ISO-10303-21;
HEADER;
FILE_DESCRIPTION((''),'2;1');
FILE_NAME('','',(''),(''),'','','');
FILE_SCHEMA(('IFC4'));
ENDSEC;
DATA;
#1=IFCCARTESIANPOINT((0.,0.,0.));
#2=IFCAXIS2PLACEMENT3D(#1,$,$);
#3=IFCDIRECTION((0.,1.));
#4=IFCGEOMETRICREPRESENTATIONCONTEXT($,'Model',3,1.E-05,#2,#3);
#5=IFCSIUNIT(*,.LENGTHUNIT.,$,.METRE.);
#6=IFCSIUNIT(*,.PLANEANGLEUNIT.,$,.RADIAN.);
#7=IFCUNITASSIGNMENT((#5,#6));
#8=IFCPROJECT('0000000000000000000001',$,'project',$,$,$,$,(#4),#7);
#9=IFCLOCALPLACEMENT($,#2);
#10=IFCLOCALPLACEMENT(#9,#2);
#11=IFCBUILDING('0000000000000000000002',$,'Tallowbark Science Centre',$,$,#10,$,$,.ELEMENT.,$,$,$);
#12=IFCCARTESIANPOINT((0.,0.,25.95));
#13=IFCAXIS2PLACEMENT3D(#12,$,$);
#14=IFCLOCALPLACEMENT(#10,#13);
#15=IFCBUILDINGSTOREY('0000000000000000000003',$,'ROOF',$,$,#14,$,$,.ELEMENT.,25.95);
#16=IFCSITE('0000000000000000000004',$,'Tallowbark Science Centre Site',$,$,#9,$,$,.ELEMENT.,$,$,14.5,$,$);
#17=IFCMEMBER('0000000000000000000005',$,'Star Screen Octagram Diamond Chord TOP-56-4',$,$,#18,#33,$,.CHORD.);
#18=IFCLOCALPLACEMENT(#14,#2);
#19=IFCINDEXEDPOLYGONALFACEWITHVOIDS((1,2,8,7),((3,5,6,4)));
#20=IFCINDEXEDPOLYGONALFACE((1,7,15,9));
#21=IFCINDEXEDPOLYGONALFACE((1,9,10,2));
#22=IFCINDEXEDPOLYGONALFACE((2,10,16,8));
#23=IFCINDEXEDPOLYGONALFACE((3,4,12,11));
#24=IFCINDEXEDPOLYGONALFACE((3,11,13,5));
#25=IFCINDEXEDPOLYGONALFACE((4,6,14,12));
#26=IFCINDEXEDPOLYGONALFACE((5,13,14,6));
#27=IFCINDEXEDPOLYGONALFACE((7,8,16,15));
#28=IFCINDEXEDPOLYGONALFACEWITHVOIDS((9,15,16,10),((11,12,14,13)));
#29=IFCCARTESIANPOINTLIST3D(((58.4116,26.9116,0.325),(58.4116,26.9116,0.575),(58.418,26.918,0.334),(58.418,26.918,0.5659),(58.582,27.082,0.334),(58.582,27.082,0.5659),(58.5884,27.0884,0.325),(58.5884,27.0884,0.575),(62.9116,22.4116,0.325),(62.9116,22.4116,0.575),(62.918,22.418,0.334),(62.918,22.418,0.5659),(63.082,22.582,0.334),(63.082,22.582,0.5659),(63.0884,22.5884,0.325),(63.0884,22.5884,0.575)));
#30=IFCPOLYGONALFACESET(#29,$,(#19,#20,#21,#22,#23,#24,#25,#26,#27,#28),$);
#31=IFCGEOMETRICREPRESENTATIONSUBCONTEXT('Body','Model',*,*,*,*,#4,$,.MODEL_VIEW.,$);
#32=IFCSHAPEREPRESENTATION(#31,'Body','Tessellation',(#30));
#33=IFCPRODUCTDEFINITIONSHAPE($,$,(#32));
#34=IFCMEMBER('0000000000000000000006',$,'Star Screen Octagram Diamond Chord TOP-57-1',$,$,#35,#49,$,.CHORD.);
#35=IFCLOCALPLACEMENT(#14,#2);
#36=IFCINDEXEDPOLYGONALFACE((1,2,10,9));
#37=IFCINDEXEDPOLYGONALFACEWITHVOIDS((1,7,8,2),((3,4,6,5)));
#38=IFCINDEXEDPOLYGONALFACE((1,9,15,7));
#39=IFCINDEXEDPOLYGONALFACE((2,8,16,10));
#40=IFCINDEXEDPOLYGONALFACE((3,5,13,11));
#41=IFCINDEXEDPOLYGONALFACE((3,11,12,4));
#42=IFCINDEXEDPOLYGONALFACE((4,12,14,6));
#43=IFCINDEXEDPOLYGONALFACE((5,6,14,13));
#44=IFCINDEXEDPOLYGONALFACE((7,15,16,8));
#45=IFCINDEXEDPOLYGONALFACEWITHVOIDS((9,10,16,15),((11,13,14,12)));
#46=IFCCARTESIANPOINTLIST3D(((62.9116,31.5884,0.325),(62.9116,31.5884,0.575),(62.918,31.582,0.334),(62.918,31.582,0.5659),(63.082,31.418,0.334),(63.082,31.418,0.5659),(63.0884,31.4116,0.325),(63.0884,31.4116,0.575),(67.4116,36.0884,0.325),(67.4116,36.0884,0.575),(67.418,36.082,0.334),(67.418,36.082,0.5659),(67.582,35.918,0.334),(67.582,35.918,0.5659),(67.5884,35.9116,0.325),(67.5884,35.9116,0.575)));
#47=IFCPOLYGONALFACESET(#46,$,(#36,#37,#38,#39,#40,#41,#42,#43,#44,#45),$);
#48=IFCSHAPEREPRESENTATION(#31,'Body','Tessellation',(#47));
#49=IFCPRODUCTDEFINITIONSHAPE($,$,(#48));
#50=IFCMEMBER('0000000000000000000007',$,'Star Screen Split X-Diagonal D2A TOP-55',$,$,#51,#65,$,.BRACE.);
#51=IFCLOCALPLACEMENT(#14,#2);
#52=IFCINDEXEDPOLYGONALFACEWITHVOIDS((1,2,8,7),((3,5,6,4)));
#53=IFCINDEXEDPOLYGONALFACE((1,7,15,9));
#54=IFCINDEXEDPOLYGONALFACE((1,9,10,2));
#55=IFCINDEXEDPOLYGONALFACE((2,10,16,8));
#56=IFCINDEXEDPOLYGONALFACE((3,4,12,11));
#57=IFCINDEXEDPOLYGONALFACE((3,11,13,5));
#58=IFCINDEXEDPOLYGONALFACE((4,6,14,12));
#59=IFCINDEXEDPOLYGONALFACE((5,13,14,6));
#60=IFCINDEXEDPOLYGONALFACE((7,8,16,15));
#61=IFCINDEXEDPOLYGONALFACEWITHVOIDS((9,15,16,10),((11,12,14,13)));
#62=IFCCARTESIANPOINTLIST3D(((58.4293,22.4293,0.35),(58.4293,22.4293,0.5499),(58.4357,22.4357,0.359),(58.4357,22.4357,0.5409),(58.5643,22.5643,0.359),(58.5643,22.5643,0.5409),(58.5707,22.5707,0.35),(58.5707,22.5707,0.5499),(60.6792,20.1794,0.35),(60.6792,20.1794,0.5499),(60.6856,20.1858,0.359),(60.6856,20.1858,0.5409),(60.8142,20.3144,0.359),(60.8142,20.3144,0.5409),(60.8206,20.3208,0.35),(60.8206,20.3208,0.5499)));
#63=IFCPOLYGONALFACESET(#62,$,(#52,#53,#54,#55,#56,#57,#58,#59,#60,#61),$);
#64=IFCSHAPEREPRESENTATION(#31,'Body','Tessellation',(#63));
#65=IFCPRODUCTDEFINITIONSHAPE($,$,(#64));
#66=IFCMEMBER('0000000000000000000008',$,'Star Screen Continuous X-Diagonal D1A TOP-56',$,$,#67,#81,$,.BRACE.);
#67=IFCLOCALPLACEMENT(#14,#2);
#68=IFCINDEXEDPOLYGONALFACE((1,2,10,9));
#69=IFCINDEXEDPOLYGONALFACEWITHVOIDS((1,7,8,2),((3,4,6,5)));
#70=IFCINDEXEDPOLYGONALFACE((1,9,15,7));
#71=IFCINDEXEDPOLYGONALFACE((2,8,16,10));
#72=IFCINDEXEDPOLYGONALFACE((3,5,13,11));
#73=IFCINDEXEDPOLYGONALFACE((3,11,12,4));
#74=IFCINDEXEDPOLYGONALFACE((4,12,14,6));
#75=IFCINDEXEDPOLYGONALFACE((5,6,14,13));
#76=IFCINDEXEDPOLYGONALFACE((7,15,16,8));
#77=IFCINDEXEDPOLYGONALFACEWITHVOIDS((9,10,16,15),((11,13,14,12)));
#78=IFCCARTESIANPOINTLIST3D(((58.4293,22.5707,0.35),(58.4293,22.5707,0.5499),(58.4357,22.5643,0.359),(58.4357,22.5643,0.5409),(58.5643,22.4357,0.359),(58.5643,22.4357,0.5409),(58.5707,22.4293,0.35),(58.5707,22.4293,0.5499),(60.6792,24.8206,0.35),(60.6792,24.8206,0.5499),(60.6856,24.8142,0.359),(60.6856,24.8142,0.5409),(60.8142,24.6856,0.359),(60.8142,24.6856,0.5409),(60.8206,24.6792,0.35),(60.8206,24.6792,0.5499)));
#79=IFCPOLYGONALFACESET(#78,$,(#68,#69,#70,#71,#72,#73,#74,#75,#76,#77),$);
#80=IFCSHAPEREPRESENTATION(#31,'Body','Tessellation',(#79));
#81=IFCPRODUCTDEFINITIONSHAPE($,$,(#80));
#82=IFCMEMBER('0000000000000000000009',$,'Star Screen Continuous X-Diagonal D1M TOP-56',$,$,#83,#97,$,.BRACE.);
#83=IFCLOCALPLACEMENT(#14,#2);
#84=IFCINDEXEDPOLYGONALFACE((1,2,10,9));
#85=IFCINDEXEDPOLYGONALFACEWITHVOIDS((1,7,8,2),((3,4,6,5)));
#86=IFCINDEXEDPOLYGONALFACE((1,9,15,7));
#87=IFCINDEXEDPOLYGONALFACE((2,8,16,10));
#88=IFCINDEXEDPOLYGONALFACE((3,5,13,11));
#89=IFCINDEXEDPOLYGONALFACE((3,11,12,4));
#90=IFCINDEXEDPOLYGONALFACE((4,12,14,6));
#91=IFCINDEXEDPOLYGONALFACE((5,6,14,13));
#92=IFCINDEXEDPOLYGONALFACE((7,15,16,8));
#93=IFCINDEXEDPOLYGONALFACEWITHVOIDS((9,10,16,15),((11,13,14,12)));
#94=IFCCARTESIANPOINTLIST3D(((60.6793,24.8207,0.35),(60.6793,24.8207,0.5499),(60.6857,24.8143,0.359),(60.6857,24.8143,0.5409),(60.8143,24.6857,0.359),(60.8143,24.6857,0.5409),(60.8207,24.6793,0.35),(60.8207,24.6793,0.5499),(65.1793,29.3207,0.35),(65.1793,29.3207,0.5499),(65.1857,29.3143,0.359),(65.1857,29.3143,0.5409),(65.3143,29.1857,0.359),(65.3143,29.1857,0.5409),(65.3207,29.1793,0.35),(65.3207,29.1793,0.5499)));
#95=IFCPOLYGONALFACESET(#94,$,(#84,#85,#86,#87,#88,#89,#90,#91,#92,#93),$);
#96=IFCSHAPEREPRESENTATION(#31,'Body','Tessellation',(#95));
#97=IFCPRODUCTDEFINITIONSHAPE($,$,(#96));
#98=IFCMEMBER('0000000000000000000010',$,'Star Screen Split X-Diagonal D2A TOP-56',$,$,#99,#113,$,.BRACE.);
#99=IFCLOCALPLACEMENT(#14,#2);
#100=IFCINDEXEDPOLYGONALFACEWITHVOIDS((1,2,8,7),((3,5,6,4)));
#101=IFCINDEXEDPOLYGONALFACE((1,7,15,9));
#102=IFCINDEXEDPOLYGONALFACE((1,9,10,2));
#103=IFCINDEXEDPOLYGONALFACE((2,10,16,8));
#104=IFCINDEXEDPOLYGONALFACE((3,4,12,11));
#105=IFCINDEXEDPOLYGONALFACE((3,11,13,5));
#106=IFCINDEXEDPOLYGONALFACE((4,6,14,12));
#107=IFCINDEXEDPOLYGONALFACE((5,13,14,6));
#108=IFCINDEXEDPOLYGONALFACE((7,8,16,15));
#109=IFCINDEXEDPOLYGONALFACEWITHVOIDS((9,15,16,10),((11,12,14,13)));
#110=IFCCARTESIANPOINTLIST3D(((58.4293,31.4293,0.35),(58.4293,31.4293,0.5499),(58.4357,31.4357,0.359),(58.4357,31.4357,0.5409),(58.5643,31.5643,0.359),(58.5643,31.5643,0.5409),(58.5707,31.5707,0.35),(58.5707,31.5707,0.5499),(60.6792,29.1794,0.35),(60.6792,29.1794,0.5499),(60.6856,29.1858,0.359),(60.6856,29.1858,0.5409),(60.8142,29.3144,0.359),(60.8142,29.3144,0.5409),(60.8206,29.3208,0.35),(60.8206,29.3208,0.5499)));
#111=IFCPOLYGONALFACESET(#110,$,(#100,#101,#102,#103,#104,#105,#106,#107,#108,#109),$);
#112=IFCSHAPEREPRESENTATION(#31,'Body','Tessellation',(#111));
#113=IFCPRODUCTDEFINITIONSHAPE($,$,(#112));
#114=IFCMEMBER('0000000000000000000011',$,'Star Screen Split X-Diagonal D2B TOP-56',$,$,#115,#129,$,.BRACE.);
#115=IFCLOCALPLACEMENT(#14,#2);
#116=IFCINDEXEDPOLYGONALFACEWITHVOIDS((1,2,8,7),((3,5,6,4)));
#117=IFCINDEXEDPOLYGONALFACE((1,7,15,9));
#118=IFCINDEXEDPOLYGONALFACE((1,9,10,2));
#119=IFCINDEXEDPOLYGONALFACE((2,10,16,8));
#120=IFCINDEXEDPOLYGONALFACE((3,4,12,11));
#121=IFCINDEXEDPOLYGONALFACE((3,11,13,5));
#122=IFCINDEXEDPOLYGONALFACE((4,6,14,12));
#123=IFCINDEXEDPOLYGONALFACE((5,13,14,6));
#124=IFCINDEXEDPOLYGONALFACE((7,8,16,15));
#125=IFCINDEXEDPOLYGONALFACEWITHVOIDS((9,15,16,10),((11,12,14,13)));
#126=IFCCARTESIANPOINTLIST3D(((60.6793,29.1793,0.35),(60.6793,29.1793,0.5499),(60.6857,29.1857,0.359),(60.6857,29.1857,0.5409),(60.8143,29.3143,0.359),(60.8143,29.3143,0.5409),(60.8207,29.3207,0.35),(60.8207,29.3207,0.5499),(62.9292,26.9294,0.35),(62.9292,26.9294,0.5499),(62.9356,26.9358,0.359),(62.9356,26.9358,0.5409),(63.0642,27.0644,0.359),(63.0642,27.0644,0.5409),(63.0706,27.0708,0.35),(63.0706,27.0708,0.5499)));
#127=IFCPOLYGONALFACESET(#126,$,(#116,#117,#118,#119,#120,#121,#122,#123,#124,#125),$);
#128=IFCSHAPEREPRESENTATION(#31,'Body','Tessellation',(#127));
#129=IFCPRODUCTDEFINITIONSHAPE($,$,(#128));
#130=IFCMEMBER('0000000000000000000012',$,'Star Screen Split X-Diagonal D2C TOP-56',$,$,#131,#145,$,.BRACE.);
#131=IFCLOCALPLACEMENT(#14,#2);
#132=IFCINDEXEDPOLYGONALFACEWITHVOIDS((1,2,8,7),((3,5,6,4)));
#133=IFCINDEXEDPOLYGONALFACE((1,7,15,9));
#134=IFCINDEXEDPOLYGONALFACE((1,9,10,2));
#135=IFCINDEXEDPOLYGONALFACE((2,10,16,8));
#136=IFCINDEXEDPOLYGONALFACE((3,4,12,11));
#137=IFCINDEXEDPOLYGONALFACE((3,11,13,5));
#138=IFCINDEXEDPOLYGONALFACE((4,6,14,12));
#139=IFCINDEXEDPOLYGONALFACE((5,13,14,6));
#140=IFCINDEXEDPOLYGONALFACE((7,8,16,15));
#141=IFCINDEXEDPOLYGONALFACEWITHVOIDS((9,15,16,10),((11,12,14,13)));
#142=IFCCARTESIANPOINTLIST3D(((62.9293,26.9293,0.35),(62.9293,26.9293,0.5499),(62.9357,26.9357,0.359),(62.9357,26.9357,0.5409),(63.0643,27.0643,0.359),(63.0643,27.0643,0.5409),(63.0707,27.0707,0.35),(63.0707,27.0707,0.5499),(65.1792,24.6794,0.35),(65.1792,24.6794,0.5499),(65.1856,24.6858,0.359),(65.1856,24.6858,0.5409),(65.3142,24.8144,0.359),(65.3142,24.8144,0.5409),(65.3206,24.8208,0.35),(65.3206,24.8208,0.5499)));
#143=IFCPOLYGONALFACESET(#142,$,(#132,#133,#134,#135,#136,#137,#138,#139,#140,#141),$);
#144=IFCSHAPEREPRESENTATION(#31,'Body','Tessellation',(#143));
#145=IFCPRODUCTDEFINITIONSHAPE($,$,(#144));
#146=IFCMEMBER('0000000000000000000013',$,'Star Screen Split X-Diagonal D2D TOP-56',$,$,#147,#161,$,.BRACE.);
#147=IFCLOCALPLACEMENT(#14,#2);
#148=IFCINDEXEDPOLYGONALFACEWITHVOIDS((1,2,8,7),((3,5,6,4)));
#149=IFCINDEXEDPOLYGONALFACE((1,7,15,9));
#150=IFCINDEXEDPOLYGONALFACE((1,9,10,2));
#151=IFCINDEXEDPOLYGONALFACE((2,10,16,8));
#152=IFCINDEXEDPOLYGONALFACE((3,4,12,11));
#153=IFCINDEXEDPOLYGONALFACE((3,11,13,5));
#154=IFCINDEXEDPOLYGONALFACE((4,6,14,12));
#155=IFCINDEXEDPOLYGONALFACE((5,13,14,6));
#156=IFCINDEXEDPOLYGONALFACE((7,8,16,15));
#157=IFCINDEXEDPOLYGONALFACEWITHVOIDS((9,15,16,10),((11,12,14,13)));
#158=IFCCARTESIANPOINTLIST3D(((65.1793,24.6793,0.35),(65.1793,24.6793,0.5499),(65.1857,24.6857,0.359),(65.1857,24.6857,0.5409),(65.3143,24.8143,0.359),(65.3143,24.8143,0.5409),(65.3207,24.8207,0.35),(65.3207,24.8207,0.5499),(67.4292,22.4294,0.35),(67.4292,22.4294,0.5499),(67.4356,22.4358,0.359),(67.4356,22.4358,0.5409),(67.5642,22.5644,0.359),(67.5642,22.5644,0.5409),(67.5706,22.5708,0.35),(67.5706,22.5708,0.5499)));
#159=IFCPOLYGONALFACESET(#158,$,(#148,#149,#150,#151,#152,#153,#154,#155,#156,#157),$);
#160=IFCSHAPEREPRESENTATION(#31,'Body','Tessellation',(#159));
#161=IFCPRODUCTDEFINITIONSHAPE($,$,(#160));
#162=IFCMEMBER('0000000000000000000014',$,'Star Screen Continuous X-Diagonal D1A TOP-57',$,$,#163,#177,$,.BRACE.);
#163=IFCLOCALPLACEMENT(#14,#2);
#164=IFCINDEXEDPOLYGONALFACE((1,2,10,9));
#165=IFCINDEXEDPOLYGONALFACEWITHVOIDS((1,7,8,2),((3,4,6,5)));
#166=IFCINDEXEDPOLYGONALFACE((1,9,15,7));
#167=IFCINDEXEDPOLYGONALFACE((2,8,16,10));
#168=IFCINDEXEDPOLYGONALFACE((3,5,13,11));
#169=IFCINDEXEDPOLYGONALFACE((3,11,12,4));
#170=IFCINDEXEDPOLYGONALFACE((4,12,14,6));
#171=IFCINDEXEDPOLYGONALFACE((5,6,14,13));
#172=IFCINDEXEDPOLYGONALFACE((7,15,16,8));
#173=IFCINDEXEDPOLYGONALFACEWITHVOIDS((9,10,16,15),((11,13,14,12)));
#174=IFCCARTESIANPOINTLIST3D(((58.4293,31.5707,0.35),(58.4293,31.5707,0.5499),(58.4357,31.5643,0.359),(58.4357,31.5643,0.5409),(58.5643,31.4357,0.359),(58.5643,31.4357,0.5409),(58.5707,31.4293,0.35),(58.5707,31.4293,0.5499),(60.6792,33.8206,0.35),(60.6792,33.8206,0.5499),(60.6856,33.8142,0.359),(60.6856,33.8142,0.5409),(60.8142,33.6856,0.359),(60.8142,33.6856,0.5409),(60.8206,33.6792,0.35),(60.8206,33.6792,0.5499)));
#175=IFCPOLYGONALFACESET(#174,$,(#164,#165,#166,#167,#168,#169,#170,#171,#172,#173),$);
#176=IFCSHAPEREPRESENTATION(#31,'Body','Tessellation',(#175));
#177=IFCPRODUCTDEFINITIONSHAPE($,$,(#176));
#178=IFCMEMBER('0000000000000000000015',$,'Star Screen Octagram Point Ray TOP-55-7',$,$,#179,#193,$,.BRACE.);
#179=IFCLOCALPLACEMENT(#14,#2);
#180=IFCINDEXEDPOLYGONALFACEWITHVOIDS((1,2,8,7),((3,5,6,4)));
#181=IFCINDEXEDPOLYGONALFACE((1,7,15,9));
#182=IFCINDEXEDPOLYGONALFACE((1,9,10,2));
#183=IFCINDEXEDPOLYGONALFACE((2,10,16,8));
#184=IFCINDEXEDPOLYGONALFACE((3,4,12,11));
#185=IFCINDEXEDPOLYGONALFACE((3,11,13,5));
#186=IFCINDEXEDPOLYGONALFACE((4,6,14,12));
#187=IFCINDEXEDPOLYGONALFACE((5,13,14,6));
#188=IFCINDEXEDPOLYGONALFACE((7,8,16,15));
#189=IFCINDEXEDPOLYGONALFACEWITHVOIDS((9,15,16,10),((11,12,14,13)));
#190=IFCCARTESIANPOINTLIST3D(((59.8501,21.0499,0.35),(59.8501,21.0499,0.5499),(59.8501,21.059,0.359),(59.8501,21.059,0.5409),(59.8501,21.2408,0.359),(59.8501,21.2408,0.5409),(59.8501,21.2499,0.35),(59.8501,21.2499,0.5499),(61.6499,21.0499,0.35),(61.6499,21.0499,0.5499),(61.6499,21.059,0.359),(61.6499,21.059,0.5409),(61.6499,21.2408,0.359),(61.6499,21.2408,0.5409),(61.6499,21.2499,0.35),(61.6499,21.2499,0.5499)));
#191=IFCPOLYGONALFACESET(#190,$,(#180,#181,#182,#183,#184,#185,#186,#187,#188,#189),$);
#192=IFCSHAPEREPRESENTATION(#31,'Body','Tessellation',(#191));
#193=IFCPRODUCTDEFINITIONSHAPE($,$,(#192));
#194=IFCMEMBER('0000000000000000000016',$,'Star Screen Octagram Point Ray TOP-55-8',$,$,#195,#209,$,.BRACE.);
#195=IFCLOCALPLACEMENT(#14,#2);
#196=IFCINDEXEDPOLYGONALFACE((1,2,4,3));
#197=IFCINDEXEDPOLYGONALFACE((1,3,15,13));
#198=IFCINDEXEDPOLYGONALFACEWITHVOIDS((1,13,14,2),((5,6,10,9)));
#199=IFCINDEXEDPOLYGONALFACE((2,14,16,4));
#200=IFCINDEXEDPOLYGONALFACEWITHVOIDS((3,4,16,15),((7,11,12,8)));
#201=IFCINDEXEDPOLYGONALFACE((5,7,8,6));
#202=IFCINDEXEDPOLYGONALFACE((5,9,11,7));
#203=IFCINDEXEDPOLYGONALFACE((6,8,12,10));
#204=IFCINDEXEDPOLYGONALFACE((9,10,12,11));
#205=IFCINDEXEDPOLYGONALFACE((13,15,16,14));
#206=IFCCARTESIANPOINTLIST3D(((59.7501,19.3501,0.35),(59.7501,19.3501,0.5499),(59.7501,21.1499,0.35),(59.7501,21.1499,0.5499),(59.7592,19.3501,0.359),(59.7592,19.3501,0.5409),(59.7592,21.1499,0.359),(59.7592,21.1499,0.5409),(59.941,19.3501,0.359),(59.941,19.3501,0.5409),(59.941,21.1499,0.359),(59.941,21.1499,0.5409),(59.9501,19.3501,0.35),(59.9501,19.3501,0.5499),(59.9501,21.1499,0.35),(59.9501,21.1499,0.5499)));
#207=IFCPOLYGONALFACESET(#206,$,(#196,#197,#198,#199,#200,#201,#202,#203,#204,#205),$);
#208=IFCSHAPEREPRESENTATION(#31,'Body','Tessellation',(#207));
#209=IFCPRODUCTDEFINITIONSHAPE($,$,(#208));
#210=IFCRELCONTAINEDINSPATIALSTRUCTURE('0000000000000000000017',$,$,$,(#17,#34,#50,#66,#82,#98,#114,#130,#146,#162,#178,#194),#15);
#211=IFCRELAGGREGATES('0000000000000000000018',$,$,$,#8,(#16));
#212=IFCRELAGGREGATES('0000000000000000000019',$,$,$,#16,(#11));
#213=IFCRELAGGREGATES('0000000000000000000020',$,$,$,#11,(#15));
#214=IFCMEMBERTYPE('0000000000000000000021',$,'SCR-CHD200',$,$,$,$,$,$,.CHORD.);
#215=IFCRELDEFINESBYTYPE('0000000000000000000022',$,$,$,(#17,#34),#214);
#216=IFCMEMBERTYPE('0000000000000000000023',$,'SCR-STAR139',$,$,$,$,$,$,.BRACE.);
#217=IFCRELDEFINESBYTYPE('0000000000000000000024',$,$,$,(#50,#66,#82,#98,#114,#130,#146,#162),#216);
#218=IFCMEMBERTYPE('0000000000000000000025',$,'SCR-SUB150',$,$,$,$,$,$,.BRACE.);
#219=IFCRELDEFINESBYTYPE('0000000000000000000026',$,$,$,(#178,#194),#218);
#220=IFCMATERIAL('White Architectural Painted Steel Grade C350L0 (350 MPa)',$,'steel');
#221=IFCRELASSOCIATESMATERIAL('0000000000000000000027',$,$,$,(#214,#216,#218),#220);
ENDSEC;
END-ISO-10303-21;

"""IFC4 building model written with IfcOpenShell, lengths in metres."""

from ifc_helpers import new_model, si_unit, direction, frame, origin, origin_2d, place, context, subcontext, project, spatial, hollow_rectangle, extrude, material, material_profile, profile_set, type_object, element, save


model = new_model("IFC4")

# Units and contexts
model_context = context("Model", 3, precision=1e-05, world=origin(), true_north=direction((0.0, 1.0)))
body_context = subcontext(model_context, "Body", "Model", "MODEL_VIEW")
ifc_project = project(units=[si_unit("LENGTHUNIT", "METRE"), si_unit("PLANEANGLEUNIT", "RADIAN")], contexts=[model_context])

# Site, building, storey
site_placement = place(None, origin())
site = spatial("IfcSite", under=ifc_project, at=site_placement, Name="Tallowbark Science Centre Site", CompositionType="ELEMENT", RefElevation=14.5)
building_placement = place(site_placement, origin())
building = spatial("IfcBuilding", under=site, at=building_placement, Name="Tallowbark Science Centre", CompositionType="ELEMENT")
storey_placement = place(building_placement, frame((0.0, 0.0, 25.95)))
storey = spatial("IfcBuildingStorey", under=building, at=storey_placement, Name="ROOF", CompositionType="ELEMENT", Elevation=25.95)

# Shared definitions
ifc_material_1 = material(Name="White Architectural Painted Steel Grade C350L0 (350 MPa)", Category="steel")

# Members
ifc_material_profile_1 = material_profile(ifc_material_1, hollow_rectangle(XDim=0.25, YDim=0.25, WallThickness=0.009, at=origin_2d()), Name="250x250x9.0SHS")
ifc_profile_set_1 = profile_set([ifc_material_profile_1], Name="White Architectural Painted Steel Grade C350L0 (350 MPa)")
member_type_1 = type_object("IfcMemberType", Name="SCR-CHD200", PredefinedType="CHORD", material=ifc_profile_set_1)
for number, where, z_axis, x_axis, name in (
    (1, (58.5, 27.0, 0.45), (0.707107, -0.707107, 0.0), (0.707107, 0.707107, 0.0), "Star Screen Octagram Diamond Chord TOP-56-4"),
    (2, (63.0, 31.5, 0.45), (0.707107, 0.707107, 0.0), (-0.707107, 0.707107, 0.0), "Star Screen Octagram Diamond Chord TOP-57-1"),
):
    element("IfcMember", number, at=place(storey_placement, frame(where, z_axis=z_axis, x_axis=x_axis)), inside=storey, type_object=member_type_1, Name=name, PredefinedType="CHORD", context=body_context, shape_type="SweptSolid", body=[
        extrude(hollow_rectangle(XDim=0.25, YDim=0.25, WallThickness=0.009, at=origin_2d()), origin(), (0.0, 0.0, 1.0), 6.364),
    ])
ifc_material_profile_2 = material_profile(ifc_material_1, hollow_rectangle(XDim=0.2, YDim=0.2, WallThickness=0.009, at=origin_2d()), Name="200x200x9.0SHS")
ifc_profile_set_2 = profile_set([ifc_material_profile_2], Name="White Architectural Painted Steel Grade C350L0 (350 MPa)")
member_type_2 = type_object("IfcMemberType", Name="SCR-STAR139", PredefinedType="BRACE", material=ifc_profile_set_2)
for number, where, z_axis, x_axis, name in (
    (3, (58.5, 22.5, 0.45), (0.707107, -0.707107, 0.0), (0.707107, 0.707107, 0.0), "Star Screen Split X-Diagonal D2A TOP-55"),
    (4, (58.5, 22.5, 0.45), (0.707107, 0.707107, 0.0), (-0.707107, 0.707107, 0.0), "Star Screen Continuous X-Diagonal D1A TOP-56"),
):
    element("IfcMember", number, at=place(storey_placement, frame(where, z_axis=z_axis, x_axis=x_axis)), inside=storey, type_object=member_type_2, Name=name, PredefinedType="BRACE", context=body_context, shape_type="SweptSolid", body=[
        extrude(hollow_rectangle(XDim=0.2, YDim=0.2, WallThickness=0.009, at=origin_2d()), origin(), (0.0, 0.0, 1.0), 3.1819),
    ])
member_1_placement = place(storey_placement, frame((60.75, 24.75, 0.45), z_axis=(0.707107, 0.707107, 0.0), x_axis=(-0.707107, 0.707107, 0.0)))
element("IfcMember", 5, at=member_1_placement, inside=storey, type_object=member_type_2, Name="Star Screen Continuous X-Diagonal D1M TOP-56", PredefinedType="BRACE", context=body_context, shape_type="SweptSolid", body=[
    extrude(hollow_rectangle(XDim=0.2, YDim=0.2, WallThickness=0.009, at=origin_2d()), origin(), (0.0, 0.0, 1.0), 6.364),
])
for number, where, z_axis, x_axis, name in (
    (6, (58.5, 31.5, 0.45), (0.707107, -0.707107, 0.0), (0.707107, 0.707107, 0.0), "Star Screen Split X-Diagonal D2A TOP-56"),
    (7, (60.75, 29.25, 0.45), (0.707107, -0.707107, 0.0), (0.707107, 0.707107, 0.0), "Star Screen Split X-Diagonal D2B TOP-56"),
    (8, (63.0, 27.0, 0.45), (0.707107, -0.707107, 0.0), (0.707107, 0.707107, 0.0), "Star Screen Split X-Diagonal D2C TOP-56"),
    (9, (65.25, 24.75, 0.45), (0.707107, -0.707107, 0.0), (0.707107, 0.707107, 0.0), "Star Screen Split X-Diagonal D2D TOP-56"),
    (10, (58.5, 31.5, 0.45), (0.707107, 0.707107, 0.0), (-0.707107, 0.707107, 0.0), "Star Screen Continuous X-Diagonal D1A TOP-57"),
):
    element("IfcMember", number, at=place(storey_placement, frame(where, z_axis=z_axis, x_axis=x_axis)), inside=storey, type_object=member_type_2, Name=name, PredefinedType="BRACE", context=body_context, shape_type="SweptSolid", body=[
        extrude(hollow_rectangle(XDim=0.2, YDim=0.2, WallThickness=0.009, at=origin_2d()), origin(), (0.0, 0.0, 1.0), 3.1819),
    ])
ifc_material_profile_3 = material_profile(ifc_material_1, hollow_rectangle(XDim=0.2, YDim=0.2, WallThickness=0.009, at=origin_2d()), Name="200x200x9.0SHS")
ifc_profile_set_3 = profile_set([ifc_material_profile_3], Name="White Architectural Painted Steel Grade C350L0 (350 MPa)")
member_type_3 = type_object("IfcMemberType", Name="SCR-SUB150", PredefinedType="BRACE", material=ifc_profile_set_3)
for number, where, z_axis, x_axis, name in (
    (11, (59.8501, 21.1499, 0.45), (1.0, 0.0, 0.0), (0.0, 1.0, 0.0), "Star Screen Octagram Point Ray TOP-55-7"),
    (12, (59.8501, 21.1499, 0.45), (0.0, -1.0, 0.0), (1.0, 0.0, 0.0), "Star Screen Octagram Point Ray TOP-55-8"),
):
    element("IfcMember", number, at=place(storey_placement, frame(where, z_axis=z_axis, x_axis=x_axis)), inside=storey, type_object=member_type_3, Name=name, PredefinedType="BRACE", context=body_context, shape_type="SweptSolid", body=[
        extrude(hollow_rectangle(XDim=0.2, YDim=0.2, WallThickness=0.009, at=origin_2d()), origin(), (0.0, 0.0, 1.0), 1.7998),
    ])

save(model, "model.ifc")
